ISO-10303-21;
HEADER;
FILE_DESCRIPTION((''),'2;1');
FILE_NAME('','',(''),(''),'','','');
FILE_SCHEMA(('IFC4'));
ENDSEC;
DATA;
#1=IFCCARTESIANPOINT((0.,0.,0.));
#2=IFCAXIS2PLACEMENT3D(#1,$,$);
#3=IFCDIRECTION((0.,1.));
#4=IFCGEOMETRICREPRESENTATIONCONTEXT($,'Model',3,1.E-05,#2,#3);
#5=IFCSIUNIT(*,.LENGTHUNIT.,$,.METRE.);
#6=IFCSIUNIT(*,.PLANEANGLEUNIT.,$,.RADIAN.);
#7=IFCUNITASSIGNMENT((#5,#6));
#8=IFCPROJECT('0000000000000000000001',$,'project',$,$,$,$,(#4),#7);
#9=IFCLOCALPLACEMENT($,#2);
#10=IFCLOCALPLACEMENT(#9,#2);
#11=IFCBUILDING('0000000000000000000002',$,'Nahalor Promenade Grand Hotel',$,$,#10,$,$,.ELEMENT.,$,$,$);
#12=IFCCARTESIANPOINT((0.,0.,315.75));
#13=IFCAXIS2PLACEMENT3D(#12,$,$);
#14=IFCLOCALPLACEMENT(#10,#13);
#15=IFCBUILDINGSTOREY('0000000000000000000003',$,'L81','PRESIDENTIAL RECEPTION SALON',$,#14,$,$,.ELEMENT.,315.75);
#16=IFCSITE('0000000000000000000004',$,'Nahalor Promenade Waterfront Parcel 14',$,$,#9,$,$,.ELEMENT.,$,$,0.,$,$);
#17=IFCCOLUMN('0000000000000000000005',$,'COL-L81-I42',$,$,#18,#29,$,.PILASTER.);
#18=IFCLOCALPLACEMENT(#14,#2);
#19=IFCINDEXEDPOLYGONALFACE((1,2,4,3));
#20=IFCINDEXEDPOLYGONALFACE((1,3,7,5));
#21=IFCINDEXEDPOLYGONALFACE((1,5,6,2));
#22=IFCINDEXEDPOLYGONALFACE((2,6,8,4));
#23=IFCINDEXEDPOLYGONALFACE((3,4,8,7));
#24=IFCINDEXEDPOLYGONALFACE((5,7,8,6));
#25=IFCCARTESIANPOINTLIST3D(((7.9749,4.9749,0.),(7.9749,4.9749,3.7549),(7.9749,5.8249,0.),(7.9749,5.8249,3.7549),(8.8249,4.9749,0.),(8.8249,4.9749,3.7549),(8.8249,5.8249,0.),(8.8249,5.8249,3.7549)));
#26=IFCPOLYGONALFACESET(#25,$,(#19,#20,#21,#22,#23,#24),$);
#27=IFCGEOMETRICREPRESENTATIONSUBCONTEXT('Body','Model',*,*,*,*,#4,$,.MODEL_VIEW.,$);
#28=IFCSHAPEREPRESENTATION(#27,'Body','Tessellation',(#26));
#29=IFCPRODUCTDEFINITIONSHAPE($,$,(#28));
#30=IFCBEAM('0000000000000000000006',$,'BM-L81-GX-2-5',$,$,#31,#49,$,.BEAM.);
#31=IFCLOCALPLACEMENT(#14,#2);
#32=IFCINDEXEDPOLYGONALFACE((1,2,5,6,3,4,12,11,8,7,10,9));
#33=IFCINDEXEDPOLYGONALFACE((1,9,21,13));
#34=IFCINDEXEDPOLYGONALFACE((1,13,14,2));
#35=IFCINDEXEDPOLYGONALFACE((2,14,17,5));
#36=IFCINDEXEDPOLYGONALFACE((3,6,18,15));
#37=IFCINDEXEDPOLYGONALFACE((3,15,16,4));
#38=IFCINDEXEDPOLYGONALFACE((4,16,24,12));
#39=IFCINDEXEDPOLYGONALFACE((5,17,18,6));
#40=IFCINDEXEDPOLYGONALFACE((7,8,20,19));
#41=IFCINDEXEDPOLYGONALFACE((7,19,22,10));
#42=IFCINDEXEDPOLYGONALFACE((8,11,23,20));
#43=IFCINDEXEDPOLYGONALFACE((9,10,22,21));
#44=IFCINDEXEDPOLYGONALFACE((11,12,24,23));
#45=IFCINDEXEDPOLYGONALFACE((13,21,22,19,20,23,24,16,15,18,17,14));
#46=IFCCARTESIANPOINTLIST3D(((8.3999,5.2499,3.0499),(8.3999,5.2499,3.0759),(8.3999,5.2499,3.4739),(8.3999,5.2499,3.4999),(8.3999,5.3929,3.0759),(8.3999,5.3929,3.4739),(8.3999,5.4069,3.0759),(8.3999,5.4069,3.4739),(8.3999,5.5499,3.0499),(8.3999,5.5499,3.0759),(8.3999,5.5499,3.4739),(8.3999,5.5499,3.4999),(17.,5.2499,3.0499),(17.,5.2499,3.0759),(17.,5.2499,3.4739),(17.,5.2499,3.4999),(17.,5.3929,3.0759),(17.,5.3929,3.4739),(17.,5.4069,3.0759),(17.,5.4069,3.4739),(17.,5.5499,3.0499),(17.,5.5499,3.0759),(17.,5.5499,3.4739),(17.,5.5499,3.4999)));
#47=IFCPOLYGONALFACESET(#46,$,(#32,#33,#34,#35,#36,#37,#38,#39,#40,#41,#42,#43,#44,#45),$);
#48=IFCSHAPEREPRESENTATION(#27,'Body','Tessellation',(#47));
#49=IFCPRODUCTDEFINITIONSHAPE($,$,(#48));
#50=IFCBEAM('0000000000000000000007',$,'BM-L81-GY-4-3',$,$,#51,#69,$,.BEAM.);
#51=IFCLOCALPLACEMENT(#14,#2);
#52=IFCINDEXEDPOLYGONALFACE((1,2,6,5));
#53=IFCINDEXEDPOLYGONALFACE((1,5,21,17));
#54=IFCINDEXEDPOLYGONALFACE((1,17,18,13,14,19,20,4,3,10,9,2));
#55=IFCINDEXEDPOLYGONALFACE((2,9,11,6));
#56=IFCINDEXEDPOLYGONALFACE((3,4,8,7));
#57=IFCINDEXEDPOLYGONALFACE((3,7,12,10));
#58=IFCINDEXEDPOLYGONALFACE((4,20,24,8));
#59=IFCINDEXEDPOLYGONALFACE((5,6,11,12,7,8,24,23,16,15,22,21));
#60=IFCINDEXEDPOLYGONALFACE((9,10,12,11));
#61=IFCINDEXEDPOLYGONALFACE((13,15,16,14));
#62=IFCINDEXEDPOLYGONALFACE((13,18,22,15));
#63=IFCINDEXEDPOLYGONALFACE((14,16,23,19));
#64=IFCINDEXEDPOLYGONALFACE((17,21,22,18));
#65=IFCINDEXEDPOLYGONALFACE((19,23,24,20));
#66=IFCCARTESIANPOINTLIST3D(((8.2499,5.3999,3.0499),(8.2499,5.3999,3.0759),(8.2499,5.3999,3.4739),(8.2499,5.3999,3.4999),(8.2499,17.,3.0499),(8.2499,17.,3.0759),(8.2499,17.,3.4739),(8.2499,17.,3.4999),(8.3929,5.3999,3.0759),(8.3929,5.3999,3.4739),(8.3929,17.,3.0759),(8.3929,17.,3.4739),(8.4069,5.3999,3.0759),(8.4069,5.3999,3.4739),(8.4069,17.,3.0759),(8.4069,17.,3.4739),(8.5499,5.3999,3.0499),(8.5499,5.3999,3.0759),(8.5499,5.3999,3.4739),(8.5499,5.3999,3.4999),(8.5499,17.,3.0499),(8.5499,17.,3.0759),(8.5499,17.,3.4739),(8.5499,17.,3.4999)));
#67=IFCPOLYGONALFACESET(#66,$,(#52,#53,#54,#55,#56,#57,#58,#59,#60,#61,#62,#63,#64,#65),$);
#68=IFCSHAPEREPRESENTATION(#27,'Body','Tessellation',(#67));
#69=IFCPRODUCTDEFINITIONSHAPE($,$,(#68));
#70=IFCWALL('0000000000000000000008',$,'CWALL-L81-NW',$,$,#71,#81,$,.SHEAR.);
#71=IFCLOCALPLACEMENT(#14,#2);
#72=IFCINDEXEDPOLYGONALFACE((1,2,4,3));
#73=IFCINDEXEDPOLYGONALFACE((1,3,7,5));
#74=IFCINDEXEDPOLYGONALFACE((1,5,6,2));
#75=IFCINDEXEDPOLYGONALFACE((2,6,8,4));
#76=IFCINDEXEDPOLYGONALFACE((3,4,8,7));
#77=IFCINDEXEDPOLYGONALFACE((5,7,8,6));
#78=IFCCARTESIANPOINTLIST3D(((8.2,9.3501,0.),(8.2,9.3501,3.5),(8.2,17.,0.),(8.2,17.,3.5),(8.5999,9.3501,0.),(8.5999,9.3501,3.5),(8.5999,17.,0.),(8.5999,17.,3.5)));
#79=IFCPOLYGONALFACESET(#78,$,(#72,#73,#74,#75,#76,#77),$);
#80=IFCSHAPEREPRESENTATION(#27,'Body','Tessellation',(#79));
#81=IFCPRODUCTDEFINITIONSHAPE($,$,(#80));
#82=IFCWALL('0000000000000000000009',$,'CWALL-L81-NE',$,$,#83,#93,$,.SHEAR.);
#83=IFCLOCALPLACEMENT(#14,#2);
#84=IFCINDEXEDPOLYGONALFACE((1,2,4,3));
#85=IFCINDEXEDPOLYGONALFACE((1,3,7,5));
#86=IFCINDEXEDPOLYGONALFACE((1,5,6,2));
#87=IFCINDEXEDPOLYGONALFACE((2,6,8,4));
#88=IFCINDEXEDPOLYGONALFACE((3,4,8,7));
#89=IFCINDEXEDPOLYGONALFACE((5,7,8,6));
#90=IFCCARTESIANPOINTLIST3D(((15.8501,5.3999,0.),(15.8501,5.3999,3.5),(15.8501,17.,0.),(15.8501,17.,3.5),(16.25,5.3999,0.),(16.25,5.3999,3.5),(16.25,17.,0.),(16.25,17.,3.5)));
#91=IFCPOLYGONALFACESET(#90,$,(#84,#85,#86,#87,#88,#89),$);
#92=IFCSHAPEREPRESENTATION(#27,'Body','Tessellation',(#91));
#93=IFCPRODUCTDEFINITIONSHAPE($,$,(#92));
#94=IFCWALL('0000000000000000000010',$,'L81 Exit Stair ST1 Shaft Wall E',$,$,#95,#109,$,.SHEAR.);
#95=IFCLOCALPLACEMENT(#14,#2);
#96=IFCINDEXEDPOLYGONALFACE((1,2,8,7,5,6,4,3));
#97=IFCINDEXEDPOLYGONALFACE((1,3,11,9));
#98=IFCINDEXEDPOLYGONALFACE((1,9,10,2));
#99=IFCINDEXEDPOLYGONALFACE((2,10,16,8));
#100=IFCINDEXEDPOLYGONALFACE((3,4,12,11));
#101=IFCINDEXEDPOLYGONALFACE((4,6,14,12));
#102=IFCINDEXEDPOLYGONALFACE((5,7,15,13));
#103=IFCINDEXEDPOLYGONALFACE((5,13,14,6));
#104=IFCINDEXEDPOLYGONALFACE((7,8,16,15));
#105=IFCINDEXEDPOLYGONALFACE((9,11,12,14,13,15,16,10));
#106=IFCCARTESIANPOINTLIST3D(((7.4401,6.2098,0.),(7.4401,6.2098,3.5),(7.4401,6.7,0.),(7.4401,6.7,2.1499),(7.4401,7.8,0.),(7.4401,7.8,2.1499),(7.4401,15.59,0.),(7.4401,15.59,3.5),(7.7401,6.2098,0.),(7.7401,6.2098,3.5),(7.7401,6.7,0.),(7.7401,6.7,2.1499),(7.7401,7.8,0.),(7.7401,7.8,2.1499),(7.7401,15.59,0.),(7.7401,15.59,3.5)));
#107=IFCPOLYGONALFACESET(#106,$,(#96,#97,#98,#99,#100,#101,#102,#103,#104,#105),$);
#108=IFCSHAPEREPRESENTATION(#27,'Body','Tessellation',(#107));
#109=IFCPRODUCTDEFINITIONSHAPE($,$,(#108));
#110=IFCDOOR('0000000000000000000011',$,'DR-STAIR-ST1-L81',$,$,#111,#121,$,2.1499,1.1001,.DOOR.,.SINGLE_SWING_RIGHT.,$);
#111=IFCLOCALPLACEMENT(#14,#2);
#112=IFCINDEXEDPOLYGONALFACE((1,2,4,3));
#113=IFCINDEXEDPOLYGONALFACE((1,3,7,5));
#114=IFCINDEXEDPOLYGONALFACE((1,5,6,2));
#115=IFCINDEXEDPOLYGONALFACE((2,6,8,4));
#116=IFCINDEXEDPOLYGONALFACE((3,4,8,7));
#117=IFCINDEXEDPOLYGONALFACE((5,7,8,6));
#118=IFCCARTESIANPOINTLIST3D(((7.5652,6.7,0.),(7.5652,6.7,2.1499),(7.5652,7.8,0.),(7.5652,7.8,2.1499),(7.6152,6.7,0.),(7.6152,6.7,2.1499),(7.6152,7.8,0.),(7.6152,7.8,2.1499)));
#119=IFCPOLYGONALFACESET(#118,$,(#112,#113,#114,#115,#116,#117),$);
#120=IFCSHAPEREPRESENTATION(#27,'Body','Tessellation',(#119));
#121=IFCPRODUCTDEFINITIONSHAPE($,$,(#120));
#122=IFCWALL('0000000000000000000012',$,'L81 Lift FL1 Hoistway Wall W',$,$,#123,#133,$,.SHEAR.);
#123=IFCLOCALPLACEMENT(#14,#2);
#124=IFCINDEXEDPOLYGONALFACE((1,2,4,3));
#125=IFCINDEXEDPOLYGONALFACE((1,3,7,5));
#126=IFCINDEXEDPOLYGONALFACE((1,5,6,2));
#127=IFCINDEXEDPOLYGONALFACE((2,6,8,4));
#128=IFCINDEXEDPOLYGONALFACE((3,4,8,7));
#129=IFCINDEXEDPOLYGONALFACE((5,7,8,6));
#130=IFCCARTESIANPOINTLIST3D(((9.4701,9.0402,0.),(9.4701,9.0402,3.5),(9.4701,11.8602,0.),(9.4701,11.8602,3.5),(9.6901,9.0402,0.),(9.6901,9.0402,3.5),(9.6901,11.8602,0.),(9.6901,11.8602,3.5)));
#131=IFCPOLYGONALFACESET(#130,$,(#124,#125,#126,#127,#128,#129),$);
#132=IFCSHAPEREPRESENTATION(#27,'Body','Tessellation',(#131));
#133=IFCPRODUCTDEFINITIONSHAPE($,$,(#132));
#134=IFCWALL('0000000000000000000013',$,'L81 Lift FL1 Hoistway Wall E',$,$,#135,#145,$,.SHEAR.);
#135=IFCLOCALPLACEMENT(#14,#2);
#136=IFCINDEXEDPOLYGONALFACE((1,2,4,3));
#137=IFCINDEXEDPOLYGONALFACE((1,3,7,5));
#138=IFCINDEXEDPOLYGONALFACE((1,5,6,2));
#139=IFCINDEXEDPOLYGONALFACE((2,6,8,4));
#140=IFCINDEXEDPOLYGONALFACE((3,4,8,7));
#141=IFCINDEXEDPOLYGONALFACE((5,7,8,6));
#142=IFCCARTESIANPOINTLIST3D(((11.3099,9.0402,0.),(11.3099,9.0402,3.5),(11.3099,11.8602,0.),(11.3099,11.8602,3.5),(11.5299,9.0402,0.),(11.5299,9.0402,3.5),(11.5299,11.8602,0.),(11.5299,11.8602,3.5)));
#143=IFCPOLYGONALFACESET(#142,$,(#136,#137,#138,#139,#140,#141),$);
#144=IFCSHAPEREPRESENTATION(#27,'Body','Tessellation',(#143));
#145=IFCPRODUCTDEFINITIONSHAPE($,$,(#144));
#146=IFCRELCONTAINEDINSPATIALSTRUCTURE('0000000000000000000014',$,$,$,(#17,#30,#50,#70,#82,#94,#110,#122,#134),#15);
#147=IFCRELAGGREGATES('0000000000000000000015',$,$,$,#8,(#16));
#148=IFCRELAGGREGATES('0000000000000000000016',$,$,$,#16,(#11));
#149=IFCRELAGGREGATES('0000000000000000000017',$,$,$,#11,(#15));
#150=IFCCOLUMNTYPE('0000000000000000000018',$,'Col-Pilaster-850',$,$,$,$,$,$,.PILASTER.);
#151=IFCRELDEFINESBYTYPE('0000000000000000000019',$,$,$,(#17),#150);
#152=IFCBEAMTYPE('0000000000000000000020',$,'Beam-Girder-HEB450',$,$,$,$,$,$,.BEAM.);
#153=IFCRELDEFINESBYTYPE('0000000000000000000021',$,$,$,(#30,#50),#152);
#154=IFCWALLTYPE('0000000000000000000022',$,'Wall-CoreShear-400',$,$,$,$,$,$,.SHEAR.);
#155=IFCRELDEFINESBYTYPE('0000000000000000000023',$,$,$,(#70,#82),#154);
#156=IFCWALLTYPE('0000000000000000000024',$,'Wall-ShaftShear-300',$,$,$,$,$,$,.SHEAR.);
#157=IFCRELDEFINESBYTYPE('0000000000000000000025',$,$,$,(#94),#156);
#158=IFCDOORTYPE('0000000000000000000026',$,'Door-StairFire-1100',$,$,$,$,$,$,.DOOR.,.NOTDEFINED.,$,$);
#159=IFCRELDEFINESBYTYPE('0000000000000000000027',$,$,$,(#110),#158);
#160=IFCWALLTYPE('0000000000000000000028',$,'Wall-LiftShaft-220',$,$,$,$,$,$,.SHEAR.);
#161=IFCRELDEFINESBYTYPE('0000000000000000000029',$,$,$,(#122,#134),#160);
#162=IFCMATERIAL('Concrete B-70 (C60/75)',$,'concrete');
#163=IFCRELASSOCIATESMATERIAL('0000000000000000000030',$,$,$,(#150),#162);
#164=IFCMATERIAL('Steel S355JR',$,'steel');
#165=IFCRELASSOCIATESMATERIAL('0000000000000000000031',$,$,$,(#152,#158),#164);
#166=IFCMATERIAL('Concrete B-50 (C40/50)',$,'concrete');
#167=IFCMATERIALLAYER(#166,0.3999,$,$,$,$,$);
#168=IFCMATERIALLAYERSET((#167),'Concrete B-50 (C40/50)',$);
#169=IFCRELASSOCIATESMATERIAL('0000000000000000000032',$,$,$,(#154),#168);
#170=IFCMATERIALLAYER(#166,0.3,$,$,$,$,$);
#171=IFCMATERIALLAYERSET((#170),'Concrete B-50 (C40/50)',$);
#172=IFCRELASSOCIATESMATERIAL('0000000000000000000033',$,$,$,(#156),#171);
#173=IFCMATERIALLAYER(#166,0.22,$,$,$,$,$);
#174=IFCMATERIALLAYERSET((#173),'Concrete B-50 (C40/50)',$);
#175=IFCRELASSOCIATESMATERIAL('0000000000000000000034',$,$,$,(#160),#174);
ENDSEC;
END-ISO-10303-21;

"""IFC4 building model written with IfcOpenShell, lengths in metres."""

from ifc_helpers import new_model, si_unit, direction, frame, frame_2d, origin, origin_2d, place, context, subcontext, project, spatial, rectangle, i_section, extrude, source, transform, mapped, material, layer, layer_set, material_profile, profile_set, type_object, element, fill, save


model = new_model("IFC4")

# Units and contexts
model_context = context("Model", 3, precision=1e-05, world=origin(), true_north=direction((0.0, 1.0)))
body_context = subcontext(model_context, "Body", "Model", "MODEL_VIEW")
ifc_project = project(units=[si_unit("LENGTHUNIT", "METRE"), si_unit("PLANEANGLEUNIT", "RADIAN")], contexts=[model_context])

# Site, building, storey
site_placement = place(None, origin())
site = spatial("IfcSite", under=ifc_project, at=site_placement, Name="Nahalor Promenade Waterfront Parcel 14", CompositionType="ELEMENT", RefElevation=0.0)
building_placement = place(site_placement, origin())
building = spatial("IfcBuilding", under=site, at=building_placement, Name="Nahalor Promenade Grand Hotel", CompositionType="ELEMENT")
storey_placement = place(building_placement, frame((0.0, 0.0, 315.75)))
storey = spatial("IfcBuildingStorey", under=building, at=storey_placement, Name="L81", Description="PRESIDENTIAL RECEPTION SALON", CompositionType="ELEMENT", Elevation=315.75)

# Column
ifc_material_1 = material(Name="Concrete B-70 (C60/75)", Category="concrete")
ifc_material_profile_1 = material_profile(ifc_material_1, rectangle(XDim=0.85, YDim=0.85, at=origin_2d()), Name="RC 850x850")
ifc_profile_set_1 = profile_set([ifc_material_profile_1], Name="Concrete B-70 (C60/75)")
column_type = type_object("IfcColumnType", Name="Col-Pilaster-850", PredefinedType="PILASTER", material=ifc_profile_set_1)
shared_shape_1 = source(origin(), body_context, "Body", "SweptSolid", [
    extrude(rectangle(XDim=0.85, YDim=0.85, at=origin_2d()), origin(), (0.0, 0.0, 1.0), 3.7549),
])
column_placement = place(storey_placement, frame((8.3999, 5.3999, 0.0), z_axis=(0.0, 0.0, 1.0), x_axis=(1.0, 0.0, 0.0)))
element("IfcColumn", 1, at=column_placement, inside=storey, type_object=column_type, Name="COL-L81-I42", PredefinedType="PILASTER", context=body_context, shape_type="MappedRepresentation", body=[
    mapped(shared_shape_1, transform((0.0, 0.0, 0.0), scale=1.0)),
])

# Beams
ifc_material_2 = material(Name="Steel S355JR", Category="steel")
ifc_material_profile_2 = material_profile(ifc_material_2, i_section(OverallWidth=0.3, OverallDepth=0.45, WebThickness=0.014, FlangeThickness=0.026, at=origin_2d()), Name="HEB 450")
ifc_profile_set_2 = profile_set([ifc_material_profile_2], Name="Steel S355JR")
beam_type = type_object("IfcBeamType", Name="Beam-Girder-HEB450", PredefinedType="BEAM", material=ifc_profile_set_2)
shared_shape_2 = source(origin(), body_context, "Body", "SweptSolid", [
    extrude(i_section(OverallWidth=0.3, OverallDepth=0.45, WebThickness=0.014, FlangeThickness=0.026, at=origin_2d()), origin(), (0.0, 0.0, 1.0), 8.6001),
])
beam_1_placement = place(storey_placement, frame((8.3999, 5.3999, 3.2749), z_axis=(1.0, 0.0, 0.0), x_axis=(0.0, 1.0, 0.0)))
element("IfcBeam", 2, at=beam_1_placement, inside=storey, type_object=beam_type, Name="BM-L81-GX-2-5", PredefinedType="BEAM", context=body_context, shape_type="MappedRepresentation", body=[
    mapped(shared_shape_2, transform((0.0, 0.0, 0.0), scale=1.0)),
])
shared_shape_3 = source(origin(), body_context, "Body", "SweptSolid", [
    extrude(i_section(OverallWidth=0.3, OverallDepth=0.45, WebThickness=0.014, FlangeThickness=0.026, at=origin_2d()), origin(), (0.0, 0.0, 1.0), 11.6001),
])
beam_2_placement = place(storey_placement, frame((8.3999, 5.3999, 3.2749), z_axis=(0.0, 1.0, 0.0), x_axis=(-1.0, 0.0, 0.0)))
element("IfcBeam", 3, at=beam_2_placement, inside=storey, type_object=beam_type, Name="BM-L81-GY-4-3", PredefinedType="BEAM", context=body_context, shape_type="MappedRepresentation", body=[
    mapped(shared_shape_3, transform((0.0, 0.0, 0.0), scale=1.0)),
])

# Walls
ifc_material_3 = material(Name="Concrete B-50 (C40/50)", Category="concrete")
ifc_layer_1 = layer(ifc_material_3, 0.3999)
ifc_layer_set_1 = layer_set([ifc_layer_1], Name="Concrete B-50 (C40/50)")
wall_type_1 = type_object("IfcWallType", Name="Wall-CoreShear-400", PredefinedType="SHEAR", material=ifc_layer_set_1)
shared_shape_4 = source(origin(), body_context, "Body", "SweptSolid", [
    extrude(rectangle(XDim=7.6499, YDim=0.3999, at=frame_2d((3.825, 0.0))), origin(), (0.0, 0.0, 1.0), 3.5),
])
wall_1_placement = place(storey_placement, frame((8.3999, 9.3501, 0.0), z_axis=(0.0, 0.0, 1.0), x_axis=(0.0, 1.0, 0.0)))
element("IfcWall", 4, at=wall_1_placement, inside=storey, type_object=wall_type_1, Name="CWALL-L81-NW", PredefinedType="SHEAR", context=body_context, shape_type="MappedRepresentation", body=[
    mapped(shared_shape_4, transform((0.0, 0.0, 0.0), scale=1.0)),
])
shared_shape_5 = source(origin(), body_context, "Body", "SweptSolid", [
    extrude(rectangle(XDim=11.6001, YDim=0.3999, at=frame_2d((5.8, 0.0))), origin(), (0.0, 0.0, 1.0), 3.5),
])
wall_2_placement = place(storey_placement, frame((16.05, 5.3999, 0.0), z_axis=(0.0, 0.0, 1.0), x_axis=(0.0, 1.0, 0.0)))
element("IfcWall", 5, at=wall_2_placement, inside=storey, type_object=wall_type_1, Name="CWALL-L81-NE", PredefinedType="SHEAR", context=body_context, shape_type="MappedRepresentation", body=[
    mapped(shared_shape_5, transform((0.0, 0.0, 0.0), scale=1.0)),
])

# Wall, opening, door
ifc_layer_2 = layer(ifc_material_3, 0.3)
ifc_layer_set_2 = layer_set([ifc_layer_2], Name="Concrete B-50 (C40/50)")
wall_type_2 = type_object("IfcWallType", Name="Wall-ShaftShear-300", PredefinedType="SHEAR", material=ifc_layer_set_2)
shared_shape_6 = source(origin(), body_context, "Body", "SweptSolid", [
    extrude(rectangle(XDim=9.3801, YDim=0.3, at=frame_2d((4.6899, 0.0))), origin(), (0.0, 0.0, 1.0), 3.5),
])
wall_3_placement = place(storey_placement, frame((7.5901, 6.21, 0.0), z_axis=(0.0, 0.0, 1.0), x_axis=(0.0, 1.0, 0.0)))
wall_3 = element("IfcWall", 6, at=wall_3_placement, inside=storey, type_object=wall_type_2, Name="L81 Exit Stair ST1 Shaft Wall E", PredefinedType="SHEAR", context=body_context, shape_type="MappedRepresentation", body=[
    mapped(shared_shape_6, transform((0.0, 0.0, 0.0), scale=1.0)),
])
opening_1_placement = place(wall_3_placement, frame((0.49, 0.0, 0.0)))
opening_1 = element("IfcOpeningElement", 7, at=opening_1_placement, cuts=wall_3, PredefinedType="OPENING", context=body_context, shape_type="SweptSolid", body=[
    extrude(rectangle(XDim=1.1001, YDim=2.1499, at=frame_2d((0.55, 1.075))), frame((0.0, 0.1599, 0.0), z_axis=(0.0, -1.0, 0.0), x_axis=(1.0, 0.0, 0.0)), (0.0, 0.0, 1.0), 0.3201),
])
door_type_1 = type_object("IfcDoorType", Name="Door-StairFire-1100", OperationType="NOTDEFINED", PredefinedType="DOOR", material=ifc_material_2)
shared_shape_7 = source(origin(), body_context, "Body", "SweptSolid", [
    extrude(rectangle(XDim=1.1001, YDim=2.1499, at=frame_2d((0.55, 1.075))), frame((0.0, 0.0249, 0.0), z_axis=(0.0, -1.0, 0.0), x_axis=(1.0, 0.0, 0.0)), (0.0, 0.0, 1.0), 0.05),
])
door_1_placement = place(opening_1_placement, origin())
door_1 = element("IfcDoor", 8, at=door_1_placement, inside=storey, type_object=door_type_1, Name="DR-STAIR-ST1-L81", OperationType="SINGLE_SWING_RIGHT", OverallHeight=2.1499, OverallWidth=1.1001, PredefinedType="DOOR", context=body_context, shape_type="MappedRepresentation", body=[
    mapped(shared_shape_7, transform((0.0, 0.0, 0.0), scale=1.0)),
])
fill(opening_1, door_1)

# Walls
ifc_layer_3 = layer(ifc_material_3, 0.22)
ifc_layer_set_3 = layer_set([ifc_layer_3], Name="Concrete B-50 (C40/50)")
wall_type_3 = type_object("IfcWallType", Name="Wall-LiftShaft-220", PredefinedType="SHEAR", material=ifc_layer_set_3)
shared_shape_8 = source(origin(), body_context, "Body", "SweptSolid", [
    extrude(rectangle(XDim=2.8201, YDim=0.22, at=frame_2d((1.4102, 0.0))), origin(), (0.0, 0.0, 1.0), 3.5),
])
for number, where, z_axis, x_axis, name in (
    (9, (9.5801, 9.04, 0.0), (0.0, 0.0, 1.0), (0.0, 1.0, 0.0), "L81 Lift FL1 Hoistway Wall W"),
    (10, (11.4199, 9.04, 0.0), (0.0, 0.0, 1.0), (0.0, 1.0, 0.0), "L81 Lift FL1 Hoistway Wall E"),
):
    element("IfcWall", number, at=place(storey_placement, frame(where, z_axis=z_axis, x_axis=x_axis)), inside=storey, type_object=wall_type_3, Name=name, PredefinedType="SHEAR", context=body_context, shape_type="MappedRepresentation", body=[
        mapped(shared_shape_8, transform((0.0, 0.0, 0.0), scale=1.0)),
    ])

save(model, "model.ifc")
